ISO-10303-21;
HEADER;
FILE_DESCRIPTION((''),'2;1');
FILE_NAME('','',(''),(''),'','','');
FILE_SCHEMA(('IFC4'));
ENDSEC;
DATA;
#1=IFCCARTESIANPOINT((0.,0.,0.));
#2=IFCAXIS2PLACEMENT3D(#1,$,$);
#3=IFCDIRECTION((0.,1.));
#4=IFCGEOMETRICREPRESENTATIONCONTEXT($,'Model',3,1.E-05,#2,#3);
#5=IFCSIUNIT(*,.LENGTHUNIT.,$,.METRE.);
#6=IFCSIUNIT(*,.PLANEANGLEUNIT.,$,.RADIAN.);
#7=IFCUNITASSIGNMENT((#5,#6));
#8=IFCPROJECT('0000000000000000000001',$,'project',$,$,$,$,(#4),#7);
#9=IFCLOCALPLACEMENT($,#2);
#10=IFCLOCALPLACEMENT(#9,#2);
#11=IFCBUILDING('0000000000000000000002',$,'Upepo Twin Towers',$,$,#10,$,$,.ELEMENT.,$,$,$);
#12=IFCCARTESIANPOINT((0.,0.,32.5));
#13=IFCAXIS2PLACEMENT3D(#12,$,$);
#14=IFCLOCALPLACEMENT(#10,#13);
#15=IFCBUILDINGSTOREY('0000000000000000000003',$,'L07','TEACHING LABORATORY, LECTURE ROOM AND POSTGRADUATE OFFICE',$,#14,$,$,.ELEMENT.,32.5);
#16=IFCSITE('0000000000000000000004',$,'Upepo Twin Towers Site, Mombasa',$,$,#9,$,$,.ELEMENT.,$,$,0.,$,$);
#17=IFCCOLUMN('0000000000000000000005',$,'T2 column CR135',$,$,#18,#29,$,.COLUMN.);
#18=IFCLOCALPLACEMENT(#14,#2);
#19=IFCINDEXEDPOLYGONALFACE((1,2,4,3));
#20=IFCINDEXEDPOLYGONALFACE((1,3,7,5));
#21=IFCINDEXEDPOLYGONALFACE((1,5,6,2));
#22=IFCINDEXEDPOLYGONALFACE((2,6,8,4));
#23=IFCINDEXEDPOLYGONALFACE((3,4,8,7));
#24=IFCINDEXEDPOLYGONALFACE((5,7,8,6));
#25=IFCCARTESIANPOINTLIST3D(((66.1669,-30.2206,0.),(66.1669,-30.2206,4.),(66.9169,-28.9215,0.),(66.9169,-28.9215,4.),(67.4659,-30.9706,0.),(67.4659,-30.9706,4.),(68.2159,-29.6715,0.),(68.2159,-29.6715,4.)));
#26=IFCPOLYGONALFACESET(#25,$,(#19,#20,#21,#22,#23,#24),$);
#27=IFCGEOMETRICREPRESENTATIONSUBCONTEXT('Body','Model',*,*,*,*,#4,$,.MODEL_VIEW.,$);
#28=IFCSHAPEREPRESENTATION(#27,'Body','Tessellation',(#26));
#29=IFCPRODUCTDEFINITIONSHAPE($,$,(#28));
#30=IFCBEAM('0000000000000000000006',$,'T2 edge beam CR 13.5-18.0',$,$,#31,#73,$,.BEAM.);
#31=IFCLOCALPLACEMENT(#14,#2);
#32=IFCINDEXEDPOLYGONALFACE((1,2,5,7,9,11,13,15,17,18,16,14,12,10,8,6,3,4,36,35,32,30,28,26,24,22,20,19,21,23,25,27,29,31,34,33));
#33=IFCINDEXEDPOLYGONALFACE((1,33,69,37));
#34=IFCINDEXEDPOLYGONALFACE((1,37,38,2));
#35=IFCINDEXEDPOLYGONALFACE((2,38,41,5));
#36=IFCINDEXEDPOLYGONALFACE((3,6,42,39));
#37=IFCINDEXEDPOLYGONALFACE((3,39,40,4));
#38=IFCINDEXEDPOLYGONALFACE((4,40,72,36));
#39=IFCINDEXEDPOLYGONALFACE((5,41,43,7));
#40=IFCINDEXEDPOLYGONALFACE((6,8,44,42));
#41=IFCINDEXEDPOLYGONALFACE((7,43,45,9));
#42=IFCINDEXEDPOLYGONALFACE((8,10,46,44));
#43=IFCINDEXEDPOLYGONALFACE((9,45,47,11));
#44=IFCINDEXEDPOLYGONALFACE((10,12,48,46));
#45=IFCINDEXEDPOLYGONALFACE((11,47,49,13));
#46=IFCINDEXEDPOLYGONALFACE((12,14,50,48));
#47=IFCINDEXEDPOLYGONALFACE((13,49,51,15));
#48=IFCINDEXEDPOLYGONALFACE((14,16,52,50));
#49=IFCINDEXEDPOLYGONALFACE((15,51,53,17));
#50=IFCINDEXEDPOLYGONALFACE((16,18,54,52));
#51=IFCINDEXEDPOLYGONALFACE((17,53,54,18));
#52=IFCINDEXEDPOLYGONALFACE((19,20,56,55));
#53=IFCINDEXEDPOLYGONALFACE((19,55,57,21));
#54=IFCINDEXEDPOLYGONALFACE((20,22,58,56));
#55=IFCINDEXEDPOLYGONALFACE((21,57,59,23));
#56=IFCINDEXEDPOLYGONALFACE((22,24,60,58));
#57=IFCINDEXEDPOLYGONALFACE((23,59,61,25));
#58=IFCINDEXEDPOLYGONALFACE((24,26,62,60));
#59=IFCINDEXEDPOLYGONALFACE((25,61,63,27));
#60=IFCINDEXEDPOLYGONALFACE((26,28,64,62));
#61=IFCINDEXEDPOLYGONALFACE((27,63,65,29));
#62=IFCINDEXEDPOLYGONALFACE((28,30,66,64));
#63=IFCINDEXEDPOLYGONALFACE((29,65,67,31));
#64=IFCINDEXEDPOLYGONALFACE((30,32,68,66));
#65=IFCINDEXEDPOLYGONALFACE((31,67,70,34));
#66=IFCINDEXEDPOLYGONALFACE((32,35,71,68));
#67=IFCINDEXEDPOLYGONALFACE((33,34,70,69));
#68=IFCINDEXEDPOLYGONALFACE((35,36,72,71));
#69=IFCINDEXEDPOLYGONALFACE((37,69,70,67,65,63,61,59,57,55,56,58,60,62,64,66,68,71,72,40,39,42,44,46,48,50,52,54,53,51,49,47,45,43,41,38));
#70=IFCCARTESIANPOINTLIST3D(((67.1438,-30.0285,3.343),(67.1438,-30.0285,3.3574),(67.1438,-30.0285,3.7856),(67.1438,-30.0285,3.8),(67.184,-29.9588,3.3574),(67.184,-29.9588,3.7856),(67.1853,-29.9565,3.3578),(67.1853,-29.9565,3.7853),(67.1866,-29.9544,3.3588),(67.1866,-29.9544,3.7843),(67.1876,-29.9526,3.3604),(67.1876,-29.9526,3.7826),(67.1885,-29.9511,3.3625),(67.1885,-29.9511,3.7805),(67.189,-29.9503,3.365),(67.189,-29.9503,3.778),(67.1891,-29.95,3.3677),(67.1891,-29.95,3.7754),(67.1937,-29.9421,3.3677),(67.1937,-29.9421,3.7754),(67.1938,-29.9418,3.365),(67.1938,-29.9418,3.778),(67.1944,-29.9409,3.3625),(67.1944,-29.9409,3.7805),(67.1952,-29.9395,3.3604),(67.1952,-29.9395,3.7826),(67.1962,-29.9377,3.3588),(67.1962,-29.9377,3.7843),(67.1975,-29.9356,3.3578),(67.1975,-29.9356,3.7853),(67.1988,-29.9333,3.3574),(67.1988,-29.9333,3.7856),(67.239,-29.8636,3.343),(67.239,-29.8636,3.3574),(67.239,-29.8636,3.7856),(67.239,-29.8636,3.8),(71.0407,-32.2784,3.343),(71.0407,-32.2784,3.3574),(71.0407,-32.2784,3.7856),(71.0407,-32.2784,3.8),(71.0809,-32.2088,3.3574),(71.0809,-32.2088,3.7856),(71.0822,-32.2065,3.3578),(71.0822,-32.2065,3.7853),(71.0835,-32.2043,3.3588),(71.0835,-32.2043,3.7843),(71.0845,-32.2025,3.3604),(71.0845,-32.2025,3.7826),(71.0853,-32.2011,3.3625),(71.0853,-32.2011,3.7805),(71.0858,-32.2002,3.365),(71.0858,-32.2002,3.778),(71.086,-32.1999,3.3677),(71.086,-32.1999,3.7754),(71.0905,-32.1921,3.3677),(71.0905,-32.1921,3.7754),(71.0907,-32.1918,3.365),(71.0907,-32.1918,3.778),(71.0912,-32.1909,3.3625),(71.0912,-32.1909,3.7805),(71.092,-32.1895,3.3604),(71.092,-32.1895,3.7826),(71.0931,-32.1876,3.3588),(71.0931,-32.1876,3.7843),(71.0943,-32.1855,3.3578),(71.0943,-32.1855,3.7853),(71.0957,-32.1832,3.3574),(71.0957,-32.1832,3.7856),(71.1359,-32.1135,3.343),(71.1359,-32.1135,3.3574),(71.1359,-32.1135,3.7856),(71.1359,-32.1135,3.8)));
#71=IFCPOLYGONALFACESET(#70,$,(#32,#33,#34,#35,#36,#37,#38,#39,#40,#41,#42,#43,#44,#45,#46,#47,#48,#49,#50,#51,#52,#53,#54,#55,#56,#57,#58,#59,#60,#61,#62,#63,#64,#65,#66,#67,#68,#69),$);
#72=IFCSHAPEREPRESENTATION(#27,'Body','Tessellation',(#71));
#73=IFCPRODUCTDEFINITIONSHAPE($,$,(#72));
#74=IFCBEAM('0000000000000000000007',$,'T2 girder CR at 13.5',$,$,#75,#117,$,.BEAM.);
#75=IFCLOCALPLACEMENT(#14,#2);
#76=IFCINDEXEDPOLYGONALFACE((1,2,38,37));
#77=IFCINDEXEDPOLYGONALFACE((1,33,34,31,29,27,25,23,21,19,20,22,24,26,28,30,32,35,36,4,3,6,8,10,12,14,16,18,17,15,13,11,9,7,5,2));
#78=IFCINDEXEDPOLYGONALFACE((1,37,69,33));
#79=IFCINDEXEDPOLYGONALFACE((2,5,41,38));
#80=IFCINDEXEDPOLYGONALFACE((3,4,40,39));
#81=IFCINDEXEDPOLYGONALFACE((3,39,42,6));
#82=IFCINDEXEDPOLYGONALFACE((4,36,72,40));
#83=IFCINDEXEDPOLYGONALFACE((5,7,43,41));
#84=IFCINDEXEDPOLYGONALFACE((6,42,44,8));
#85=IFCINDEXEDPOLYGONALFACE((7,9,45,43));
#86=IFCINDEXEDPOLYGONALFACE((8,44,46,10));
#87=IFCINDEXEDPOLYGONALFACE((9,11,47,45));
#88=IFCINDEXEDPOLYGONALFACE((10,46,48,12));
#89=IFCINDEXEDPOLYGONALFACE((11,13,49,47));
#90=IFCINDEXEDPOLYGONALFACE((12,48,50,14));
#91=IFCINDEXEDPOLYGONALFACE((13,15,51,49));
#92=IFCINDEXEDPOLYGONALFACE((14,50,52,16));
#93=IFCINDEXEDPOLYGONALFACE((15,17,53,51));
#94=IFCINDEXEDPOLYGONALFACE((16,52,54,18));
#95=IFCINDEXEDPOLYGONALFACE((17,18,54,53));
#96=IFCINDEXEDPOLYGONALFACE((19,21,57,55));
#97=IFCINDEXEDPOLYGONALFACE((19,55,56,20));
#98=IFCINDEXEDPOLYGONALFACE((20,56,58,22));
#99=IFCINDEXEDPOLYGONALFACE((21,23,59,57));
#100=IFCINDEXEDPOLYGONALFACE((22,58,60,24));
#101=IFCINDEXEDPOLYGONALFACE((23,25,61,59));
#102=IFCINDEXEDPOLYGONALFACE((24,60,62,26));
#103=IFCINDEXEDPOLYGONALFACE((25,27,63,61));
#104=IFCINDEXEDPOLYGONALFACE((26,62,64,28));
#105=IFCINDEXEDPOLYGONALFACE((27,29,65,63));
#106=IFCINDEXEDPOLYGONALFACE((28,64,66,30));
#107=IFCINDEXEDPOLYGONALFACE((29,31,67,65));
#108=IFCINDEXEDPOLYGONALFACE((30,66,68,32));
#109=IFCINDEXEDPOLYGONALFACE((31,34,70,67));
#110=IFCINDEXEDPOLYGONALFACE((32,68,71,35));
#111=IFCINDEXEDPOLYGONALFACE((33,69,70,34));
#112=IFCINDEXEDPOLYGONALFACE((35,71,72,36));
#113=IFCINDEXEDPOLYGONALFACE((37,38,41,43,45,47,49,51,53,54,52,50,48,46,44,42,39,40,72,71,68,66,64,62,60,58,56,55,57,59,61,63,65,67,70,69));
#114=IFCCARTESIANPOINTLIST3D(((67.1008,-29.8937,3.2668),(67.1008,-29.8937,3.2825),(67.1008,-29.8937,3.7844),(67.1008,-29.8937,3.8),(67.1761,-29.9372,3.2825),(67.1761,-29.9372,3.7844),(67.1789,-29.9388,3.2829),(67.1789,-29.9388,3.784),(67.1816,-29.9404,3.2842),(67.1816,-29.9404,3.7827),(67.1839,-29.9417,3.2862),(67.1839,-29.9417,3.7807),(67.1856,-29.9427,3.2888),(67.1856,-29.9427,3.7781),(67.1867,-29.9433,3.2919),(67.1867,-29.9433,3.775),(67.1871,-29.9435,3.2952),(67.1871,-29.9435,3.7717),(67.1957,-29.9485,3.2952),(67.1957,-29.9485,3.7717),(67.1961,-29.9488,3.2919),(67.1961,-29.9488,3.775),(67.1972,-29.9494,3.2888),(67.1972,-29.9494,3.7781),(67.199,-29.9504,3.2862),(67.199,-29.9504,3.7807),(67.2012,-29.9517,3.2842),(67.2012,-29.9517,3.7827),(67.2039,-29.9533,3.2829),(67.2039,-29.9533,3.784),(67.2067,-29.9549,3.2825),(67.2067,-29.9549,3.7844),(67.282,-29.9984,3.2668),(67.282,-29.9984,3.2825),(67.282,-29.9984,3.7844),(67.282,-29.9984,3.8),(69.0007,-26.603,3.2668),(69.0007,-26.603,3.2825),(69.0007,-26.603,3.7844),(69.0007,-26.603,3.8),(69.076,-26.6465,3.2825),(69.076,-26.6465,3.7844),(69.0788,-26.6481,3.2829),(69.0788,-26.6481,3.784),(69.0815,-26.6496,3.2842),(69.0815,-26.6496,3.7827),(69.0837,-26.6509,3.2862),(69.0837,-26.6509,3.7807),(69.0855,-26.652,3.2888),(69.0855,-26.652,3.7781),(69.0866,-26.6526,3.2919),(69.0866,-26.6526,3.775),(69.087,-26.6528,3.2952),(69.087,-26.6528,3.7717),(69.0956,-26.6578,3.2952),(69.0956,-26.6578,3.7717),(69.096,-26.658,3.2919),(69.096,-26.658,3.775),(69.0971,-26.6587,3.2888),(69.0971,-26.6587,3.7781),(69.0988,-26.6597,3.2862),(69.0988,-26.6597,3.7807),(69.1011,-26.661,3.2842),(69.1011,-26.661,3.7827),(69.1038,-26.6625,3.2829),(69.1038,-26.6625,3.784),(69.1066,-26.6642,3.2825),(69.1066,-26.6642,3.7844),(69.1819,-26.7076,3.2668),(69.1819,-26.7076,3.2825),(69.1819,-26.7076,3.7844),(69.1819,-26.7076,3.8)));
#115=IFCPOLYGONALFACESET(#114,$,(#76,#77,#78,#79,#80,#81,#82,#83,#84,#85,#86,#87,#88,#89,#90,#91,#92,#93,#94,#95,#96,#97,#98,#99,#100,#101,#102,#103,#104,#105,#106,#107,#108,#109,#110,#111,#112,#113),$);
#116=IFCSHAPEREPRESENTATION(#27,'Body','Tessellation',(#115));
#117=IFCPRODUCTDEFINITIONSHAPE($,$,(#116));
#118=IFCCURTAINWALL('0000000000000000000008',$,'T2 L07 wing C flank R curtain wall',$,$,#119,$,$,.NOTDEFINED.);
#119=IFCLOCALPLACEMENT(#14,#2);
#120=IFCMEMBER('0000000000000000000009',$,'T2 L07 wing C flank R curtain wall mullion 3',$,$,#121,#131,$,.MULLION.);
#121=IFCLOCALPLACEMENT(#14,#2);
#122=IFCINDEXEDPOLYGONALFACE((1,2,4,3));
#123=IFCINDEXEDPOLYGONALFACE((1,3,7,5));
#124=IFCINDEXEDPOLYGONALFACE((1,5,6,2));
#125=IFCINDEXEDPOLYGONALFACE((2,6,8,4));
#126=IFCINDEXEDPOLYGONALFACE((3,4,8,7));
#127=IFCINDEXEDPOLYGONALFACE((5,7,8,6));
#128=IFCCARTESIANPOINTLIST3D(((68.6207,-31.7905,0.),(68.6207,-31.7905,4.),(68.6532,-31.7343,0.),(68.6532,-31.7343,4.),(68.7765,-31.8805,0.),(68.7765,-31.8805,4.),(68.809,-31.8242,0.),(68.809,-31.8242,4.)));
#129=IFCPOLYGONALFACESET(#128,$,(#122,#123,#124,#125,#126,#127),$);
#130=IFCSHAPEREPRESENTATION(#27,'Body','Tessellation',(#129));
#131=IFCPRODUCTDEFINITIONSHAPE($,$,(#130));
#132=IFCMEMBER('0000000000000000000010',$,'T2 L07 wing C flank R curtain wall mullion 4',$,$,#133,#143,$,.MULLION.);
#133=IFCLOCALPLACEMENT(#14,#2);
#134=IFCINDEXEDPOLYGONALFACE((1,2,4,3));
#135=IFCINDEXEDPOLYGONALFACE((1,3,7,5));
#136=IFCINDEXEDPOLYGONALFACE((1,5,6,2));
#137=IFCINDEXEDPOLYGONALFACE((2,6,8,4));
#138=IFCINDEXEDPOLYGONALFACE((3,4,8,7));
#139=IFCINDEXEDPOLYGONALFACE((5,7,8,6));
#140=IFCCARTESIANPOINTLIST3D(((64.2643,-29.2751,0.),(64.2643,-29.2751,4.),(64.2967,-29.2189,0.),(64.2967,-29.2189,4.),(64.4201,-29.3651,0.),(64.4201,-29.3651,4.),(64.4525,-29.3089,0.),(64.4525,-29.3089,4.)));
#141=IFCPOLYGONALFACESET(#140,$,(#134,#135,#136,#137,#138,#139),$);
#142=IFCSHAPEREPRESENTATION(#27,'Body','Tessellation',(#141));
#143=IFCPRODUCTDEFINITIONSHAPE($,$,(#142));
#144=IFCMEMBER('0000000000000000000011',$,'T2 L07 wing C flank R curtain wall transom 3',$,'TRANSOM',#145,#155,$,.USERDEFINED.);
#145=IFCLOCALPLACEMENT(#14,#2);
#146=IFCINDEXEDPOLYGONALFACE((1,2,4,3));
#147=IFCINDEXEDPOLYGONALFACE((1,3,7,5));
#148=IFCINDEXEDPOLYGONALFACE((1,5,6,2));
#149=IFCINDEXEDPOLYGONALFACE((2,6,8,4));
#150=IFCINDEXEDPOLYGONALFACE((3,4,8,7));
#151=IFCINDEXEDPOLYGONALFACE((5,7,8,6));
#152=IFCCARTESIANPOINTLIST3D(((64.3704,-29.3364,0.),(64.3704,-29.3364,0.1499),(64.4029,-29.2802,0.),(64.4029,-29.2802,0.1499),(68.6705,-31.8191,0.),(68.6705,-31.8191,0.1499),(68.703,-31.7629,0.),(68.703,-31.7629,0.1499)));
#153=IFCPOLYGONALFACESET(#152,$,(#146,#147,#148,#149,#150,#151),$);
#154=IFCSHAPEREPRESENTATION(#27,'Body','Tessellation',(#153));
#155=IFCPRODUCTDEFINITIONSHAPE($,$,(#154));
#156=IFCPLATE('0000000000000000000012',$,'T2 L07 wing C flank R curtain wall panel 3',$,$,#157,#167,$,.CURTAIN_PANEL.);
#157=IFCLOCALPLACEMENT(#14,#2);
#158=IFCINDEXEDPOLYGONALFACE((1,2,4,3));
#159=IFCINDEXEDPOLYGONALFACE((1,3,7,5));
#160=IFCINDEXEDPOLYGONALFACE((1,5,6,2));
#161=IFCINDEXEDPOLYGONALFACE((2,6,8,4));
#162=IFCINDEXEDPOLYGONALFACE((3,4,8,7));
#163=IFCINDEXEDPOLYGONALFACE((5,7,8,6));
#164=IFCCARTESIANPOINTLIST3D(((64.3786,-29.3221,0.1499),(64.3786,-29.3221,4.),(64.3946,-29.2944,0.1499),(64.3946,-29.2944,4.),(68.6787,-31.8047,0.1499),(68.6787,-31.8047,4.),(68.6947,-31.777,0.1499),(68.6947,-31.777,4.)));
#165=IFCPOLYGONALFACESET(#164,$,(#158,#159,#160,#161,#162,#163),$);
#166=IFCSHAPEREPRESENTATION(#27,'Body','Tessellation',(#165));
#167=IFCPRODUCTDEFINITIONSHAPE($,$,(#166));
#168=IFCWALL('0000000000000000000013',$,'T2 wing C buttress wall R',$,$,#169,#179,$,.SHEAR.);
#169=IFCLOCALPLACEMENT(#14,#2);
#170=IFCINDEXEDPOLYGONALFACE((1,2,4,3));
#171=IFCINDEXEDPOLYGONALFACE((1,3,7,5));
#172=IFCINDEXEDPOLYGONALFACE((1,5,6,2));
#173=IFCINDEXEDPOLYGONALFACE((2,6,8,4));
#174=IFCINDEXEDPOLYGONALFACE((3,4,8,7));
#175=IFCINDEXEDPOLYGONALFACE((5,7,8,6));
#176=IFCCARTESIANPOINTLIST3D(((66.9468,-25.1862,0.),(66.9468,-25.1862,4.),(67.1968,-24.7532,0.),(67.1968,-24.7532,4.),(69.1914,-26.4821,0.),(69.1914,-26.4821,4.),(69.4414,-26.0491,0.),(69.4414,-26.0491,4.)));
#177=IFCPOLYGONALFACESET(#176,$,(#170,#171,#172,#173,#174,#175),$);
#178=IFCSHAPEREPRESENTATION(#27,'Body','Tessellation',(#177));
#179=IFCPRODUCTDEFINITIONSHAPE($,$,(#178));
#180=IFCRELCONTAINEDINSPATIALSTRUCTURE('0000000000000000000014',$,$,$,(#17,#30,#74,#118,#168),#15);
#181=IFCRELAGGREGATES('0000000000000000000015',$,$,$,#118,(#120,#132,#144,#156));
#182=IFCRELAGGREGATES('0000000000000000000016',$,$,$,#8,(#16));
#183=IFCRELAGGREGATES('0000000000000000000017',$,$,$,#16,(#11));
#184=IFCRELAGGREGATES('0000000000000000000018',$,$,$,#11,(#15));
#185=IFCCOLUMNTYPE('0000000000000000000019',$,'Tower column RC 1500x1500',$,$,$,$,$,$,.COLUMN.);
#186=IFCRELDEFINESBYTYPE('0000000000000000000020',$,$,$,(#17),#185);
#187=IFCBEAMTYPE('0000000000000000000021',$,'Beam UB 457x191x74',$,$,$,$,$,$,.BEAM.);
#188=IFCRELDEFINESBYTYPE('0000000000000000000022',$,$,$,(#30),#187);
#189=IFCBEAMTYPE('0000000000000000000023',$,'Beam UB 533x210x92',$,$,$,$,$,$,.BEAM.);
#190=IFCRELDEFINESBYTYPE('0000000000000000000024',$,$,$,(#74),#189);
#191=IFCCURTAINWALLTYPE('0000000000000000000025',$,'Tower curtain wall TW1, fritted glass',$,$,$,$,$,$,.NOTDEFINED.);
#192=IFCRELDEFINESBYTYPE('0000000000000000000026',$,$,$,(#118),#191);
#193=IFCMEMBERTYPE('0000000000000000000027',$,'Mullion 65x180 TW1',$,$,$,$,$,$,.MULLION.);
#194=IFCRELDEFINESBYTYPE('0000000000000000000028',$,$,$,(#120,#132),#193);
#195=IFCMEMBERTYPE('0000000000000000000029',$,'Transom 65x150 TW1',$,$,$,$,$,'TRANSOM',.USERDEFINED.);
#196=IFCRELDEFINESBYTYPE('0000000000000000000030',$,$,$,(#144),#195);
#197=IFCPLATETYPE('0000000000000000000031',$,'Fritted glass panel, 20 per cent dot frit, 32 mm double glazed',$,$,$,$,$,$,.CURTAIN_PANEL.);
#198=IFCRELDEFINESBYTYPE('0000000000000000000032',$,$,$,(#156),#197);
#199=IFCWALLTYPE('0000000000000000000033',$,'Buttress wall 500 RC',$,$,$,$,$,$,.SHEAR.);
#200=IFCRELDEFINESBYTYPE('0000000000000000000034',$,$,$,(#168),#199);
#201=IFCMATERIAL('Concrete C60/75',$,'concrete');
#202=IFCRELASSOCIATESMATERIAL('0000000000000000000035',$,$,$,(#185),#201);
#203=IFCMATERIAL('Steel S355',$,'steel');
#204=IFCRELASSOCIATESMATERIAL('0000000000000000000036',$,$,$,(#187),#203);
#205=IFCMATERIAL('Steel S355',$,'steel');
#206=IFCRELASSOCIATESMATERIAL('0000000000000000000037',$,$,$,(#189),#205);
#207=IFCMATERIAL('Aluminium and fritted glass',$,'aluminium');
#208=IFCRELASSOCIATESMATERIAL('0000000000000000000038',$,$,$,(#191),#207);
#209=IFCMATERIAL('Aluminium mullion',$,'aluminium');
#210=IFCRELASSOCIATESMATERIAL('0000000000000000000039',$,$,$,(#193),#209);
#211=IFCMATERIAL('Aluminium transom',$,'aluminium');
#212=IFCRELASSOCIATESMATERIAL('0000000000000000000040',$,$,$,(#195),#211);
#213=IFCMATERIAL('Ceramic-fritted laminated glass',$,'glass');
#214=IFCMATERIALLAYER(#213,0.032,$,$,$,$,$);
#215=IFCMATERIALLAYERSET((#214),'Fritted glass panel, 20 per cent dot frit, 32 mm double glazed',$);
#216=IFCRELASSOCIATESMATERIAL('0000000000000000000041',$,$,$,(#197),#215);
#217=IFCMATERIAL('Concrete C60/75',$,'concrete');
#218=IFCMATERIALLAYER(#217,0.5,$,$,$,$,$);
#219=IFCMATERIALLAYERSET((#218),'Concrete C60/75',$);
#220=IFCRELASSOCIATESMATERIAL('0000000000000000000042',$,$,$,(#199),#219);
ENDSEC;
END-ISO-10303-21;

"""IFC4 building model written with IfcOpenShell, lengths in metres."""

from ifc_helpers import new_model, si_unit, direction, frame, frame_2d, origin, origin_2d, place, context, subcontext, project, spatial, rectangle, i_section, extrude, material, layer, layer_set, material_profile, profile_set, type_object, element, aggregate, save


model = new_model("IFC4")

# Units and contexts
model_context = context("Model", 3, precision=1e-05, world=origin(), true_north=direction((0.0, 1.0)))
body_context = subcontext(model_context, "Body", "Model", "MODEL_VIEW")
ifc_project = project(units=[si_unit("LENGTHUNIT", "METRE"), si_unit("PLANEANGLEUNIT", "RADIAN")], contexts=[model_context])

# Site, building, storey
site_placement = place(None, origin())
site = spatial("IfcSite", under=ifc_project, at=site_placement, Name="Upepo Twin Towers Site, Mombasa", CompositionType="ELEMENT", RefElevation=0.0)
building_placement = place(site_placement, origin())
building = spatial("IfcBuilding", under=site, at=building_placement, Name="Upepo Twin Towers", CompositionType="ELEMENT")
storey_placement = place(building_placement, frame((0.0, 0.0, 32.5)))
storey = spatial("IfcBuildingStorey", under=building, at=storey_placement, Name="L07", Description="TEACHING LABORATORY, LECTURE ROOM AND POSTGRADUATE OFFICE", CompositionType="ELEMENT", Elevation=32.5)

# Column
ifc_material_1 = material(Name="Concrete C60/75", Category="concrete")
ifc_material_profile_1 = material_profile(ifc_material_1, rectangle(XDim=1.5, YDim=1.5, at=origin_2d()), Name="RC 1500x1500")
ifc_profile_set_1 = profile_set([ifc_material_profile_1], Name="Concrete C60/75")
column_type = type_object("IfcColumnType", Name="Tower column RC 1500x1500", PredefinedType="COLUMN", material=ifc_profile_set_1)
column_placement = place(storey_placement, frame((67.1914, -29.946, 0.0), z_axis=(0.0, 0.0, 1.0), x_axis=(0.5, 0.866025, 0.0)))
element("IfcColumn", 1, at=column_placement, inside=storey, type_object=column_type, Name="T2 column CR135", PredefinedType="COLUMN", context=body_context, shape_type="SweptSolid", body=[
    extrude(rectangle(XDim=1.5, YDim=1.5, at=origin_2d()), origin(), (0.0, 0.0, 1.0), 4.0),
])

# Beams
ifc_material_2 = material(Name="Steel S355", Category="steel")
ifc_material_profile_2 = material_profile(ifc_material_2, i_section(OverallWidth=0.1904, OverallDepth=0.457, WebThickness=0.009, FlangeThickness=0.0144, FilletRadius=0.0103, at=origin_2d()), Name="UB 457x191x74")
ifc_profile_set_2 = profile_set([ifc_material_profile_2], Name="Steel S355")
beam_type_1 = type_object("IfcBeamType", Name="Beam UB 457x191x74", PredefinedType="BEAM", material=ifc_profile_set_2)
beam_1_placement = place(storey_placement, frame((67.1914, -29.946, 3.5715), z_axis=(0.866018, -0.500014, 0.0), x_axis=(0.500014, 0.866018, 0.0)))
element("IfcBeam", 2, at=beam_1_placement, inside=storey, type_object=beam_type_1, Name="T2 edge beam CR 13.5-18.0", PredefinedType="BEAM", context=body_context, shape_type="SweptSolid", body=[
    extrude(i_section(OverallWidth=0.1904, OverallDepth=0.457, WebThickness=0.009, FlangeThickness=0.0144, FilletRadius=0.0103, at=origin_2d()), origin(), (0.0, 0.0, 1.0), 4.4998),
])
ifc_material_3 = material(Name="Steel S355", Category="steel")
ifc_material_profile_3 = material_profile(ifc_material_3, i_section(OverallWidth=0.2092, OverallDepth=0.5332, WebThickness=0.01, FlangeThickness=0.0156, FilletRadius=0.0127, at=origin_2d()), Name="UB 533x210x92")
ifc_profile_set_3 = profile_set([ifc_material_profile_3], Name="Steel S355")
beam_type_2 = type_object("IfcBeamType", Name="Beam UB 533x210x92", PredefinedType="BEAM", material=ifc_profile_set_3)
beam_2_placement = place(storey_placement, frame((67.1914, -29.946, 3.5334), z_axis=(0.499995, 0.866028, 0.0), x_axis=(-0.866028, 0.499995, 0.0)))
element("IfcBeam", 3, at=beam_2_placement, inside=storey, type_object=beam_type_2, Name="T2 girder CR at 13.5", PredefinedType="BEAM", context=body_context, shape_type="SweptSolid", body=[
    extrude(i_section(OverallWidth=0.2092, OverallDepth=0.5332, WebThickness=0.01, FlangeThickness=0.0156, FilletRadius=0.0127, at=origin_2d()), origin(), (0.0, 0.0, 1.0), 3.7998),
])

# Curtain wall, members, plate
ifc_material_4 = material(Name="Aluminium and fritted glass", Category="aluminium")
curtain_wall_type = type_object("IfcCurtainWallType", Name="Tower curtain wall TW1, fritted glass", PredefinedType="NOTDEFINED", material=ifc_material_4)
curtain_wall_placement = place(storey_placement, origin())
curtain_wall = element("IfcCurtainWall", 4, at=curtain_wall_placement, inside=storey, type_object=curtain_wall_type, Name="T2 L07 wing C flank R curtain wall", PredefinedType="NOTDEFINED")
ifc_material_5 = material(Name="Aluminium mullion", Category="aluminium")
ifc_material_profile_4 = material_profile(ifc_material_5, rectangle(XDim=0.0649, YDim=0.1799, at=origin_2d()), Name="MULLION 65x180")
ifc_profile_set_4 = profile_set([ifc_material_profile_4], Name="Aluminium mullion")
member_type_1 = type_object("IfcMemberType", Name="Mullion 65x180 TW1", PredefinedType="MULLION", material=ifc_profile_set_4)
member_1_placement = place(storey_placement, frame((68.7148, -31.8074, 0.0), z_axis=(0.0, 0.0, 1.0), x_axis=(-0.5, -0.866025, 0.0)))
member_1 = element("IfcMember", 5, at=member_1_placement, type_object=member_type_1, Name="T2 L07 wing C flank R curtain wall mullion 3", PredefinedType="MULLION", context=body_context, shape_type="SweptSolid", body=[
    extrude(rectangle(XDim=0.0649, YDim=0.1799, at=origin_2d()), origin(), (0.0, 0.0, 1.0), 4.0),
])
member_2_placement = place(storey_placement, frame((64.3584, -29.292, 0.0), z_axis=(0.0, 0.0, 1.0), x_axis=(-0.5, -0.866025, 0.0)))
member_2 = element("IfcMember", 6, at=member_2_placement, type_object=member_type_1, Name="T2 L07 wing C flank R curtain wall mullion 4", PredefinedType="MULLION", context=body_context, shape_type="SweptSolid", body=[
    extrude(rectangle(XDim=0.0649, YDim=0.1799, at=origin_2d()), origin(), (0.0, 0.0, 1.0), 4.0),
])
ifc_material_6 = material(Name="Aluminium transom", Category="aluminium")
ifc_material_profile_5 = material_profile(ifc_material_6, rectangle(XDim=0.0649, YDim=0.1499, at=origin_2d()), Name="TRANSOM 65x150")
ifc_profile_set_5 = profile_set([ifc_material_profile_5], Name="Aluminium transom")
member_type_2 = type_object("IfcMemberType", Name="Transom 65x150 TW1", ElementType="TRANSOM", PredefinedType="USERDEFINED", material=ifc_profile_set_5)
member_3_placement = place(storey_placement, frame((68.6868, -31.791, 0.075), z_axis=(-0.866023, 0.500005, 0.0), x_axis=(-0.500005, -0.866023, 0.0)))
member_3 = element("IfcMember", 7, at=member_3_placement, type_object=member_type_2, Name="T2 L07 wing C flank R curtain wall transom 3", ObjectType="TRANSOM", PredefinedType="USERDEFINED", context=body_context, shape_type="SweptSolid", body=[
    extrude(rectangle(XDim=0.0649, YDim=0.1499, at=origin_2d()), origin(), (0.0, 0.0, 1.0), 4.9653),
])
ifc_material_7 = material(Name="Ceramic-fritted laminated glass", Category="glass")
ifc_layer_1 = layer(ifc_material_7, 0.032)
ifc_layer_set_1 = layer_set([ifc_layer_1], Name="Fritted glass panel, 20 per cent dot frit, 32 mm double glazed")
plate_type = type_object("IfcPlateType", Name="Fritted glass panel, 20 per cent dot frit, 32 mm double glazed", PredefinedType="CURTAIN_PANEL", material=ifc_layer_set_1)
plate_placement = place(storey_placement, frame((66.5366, -30.5496, 0.1499), z_axis=(0.0, 0.0, 1.0), x_axis=(-0.866025, 0.5, 0.0)))
plate = element("IfcPlate", 8, at=plate_placement, type_object=plate_type, Name="T2 L07 wing C flank R curtain wall panel 3", PredefinedType="CURTAIN_PANEL", context=body_context, shape_type="SweptSolid", body=[
    extrude(rectangle(XDim=4.9653, YDim=0.032, at=origin_2d()), origin(), (0.0, 0.0, 1.0), 3.8501),
])
aggregate(curtain_wall, [member_1, member_2, member_3, plate])

# Wall
ifc_material_8 = material(Name="Concrete C60/75", Category="concrete")
ifc_layer_2 = layer(ifc_material_8, 0.5)
ifc_layer_set_2 = layer_set([ifc_layer_2], Name="Concrete C60/75")
wall_type_1 = type_object("IfcWallType", Name="Buttress wall 500 RC", PredefinedType="SHEAR", material=ifc_layer_set_2)
wall_1_placement = place(storey_placement, frame((67.0718, -24.9697, 0.0), z_axis=(0.0, 0.0, 1.0), x_axis=(0.866032, -0.499989, 0.0)))
element("IfcWall", 9, at=wall_1_placement, inside=storey, type_object=wall_type_1, Name="T2 wing C buttress wall R", PredefinedType="SHEAR", context=body_context, shape_type="SweptSolid", body=[
    extrude(rectangle(XDim=2.5918, YDim=0.5, at=frame_2d((1.2959, 0.0))), origin(), (0.0, 0.0, 1.0), 4.0),
])

save(model, "model.ifc")
